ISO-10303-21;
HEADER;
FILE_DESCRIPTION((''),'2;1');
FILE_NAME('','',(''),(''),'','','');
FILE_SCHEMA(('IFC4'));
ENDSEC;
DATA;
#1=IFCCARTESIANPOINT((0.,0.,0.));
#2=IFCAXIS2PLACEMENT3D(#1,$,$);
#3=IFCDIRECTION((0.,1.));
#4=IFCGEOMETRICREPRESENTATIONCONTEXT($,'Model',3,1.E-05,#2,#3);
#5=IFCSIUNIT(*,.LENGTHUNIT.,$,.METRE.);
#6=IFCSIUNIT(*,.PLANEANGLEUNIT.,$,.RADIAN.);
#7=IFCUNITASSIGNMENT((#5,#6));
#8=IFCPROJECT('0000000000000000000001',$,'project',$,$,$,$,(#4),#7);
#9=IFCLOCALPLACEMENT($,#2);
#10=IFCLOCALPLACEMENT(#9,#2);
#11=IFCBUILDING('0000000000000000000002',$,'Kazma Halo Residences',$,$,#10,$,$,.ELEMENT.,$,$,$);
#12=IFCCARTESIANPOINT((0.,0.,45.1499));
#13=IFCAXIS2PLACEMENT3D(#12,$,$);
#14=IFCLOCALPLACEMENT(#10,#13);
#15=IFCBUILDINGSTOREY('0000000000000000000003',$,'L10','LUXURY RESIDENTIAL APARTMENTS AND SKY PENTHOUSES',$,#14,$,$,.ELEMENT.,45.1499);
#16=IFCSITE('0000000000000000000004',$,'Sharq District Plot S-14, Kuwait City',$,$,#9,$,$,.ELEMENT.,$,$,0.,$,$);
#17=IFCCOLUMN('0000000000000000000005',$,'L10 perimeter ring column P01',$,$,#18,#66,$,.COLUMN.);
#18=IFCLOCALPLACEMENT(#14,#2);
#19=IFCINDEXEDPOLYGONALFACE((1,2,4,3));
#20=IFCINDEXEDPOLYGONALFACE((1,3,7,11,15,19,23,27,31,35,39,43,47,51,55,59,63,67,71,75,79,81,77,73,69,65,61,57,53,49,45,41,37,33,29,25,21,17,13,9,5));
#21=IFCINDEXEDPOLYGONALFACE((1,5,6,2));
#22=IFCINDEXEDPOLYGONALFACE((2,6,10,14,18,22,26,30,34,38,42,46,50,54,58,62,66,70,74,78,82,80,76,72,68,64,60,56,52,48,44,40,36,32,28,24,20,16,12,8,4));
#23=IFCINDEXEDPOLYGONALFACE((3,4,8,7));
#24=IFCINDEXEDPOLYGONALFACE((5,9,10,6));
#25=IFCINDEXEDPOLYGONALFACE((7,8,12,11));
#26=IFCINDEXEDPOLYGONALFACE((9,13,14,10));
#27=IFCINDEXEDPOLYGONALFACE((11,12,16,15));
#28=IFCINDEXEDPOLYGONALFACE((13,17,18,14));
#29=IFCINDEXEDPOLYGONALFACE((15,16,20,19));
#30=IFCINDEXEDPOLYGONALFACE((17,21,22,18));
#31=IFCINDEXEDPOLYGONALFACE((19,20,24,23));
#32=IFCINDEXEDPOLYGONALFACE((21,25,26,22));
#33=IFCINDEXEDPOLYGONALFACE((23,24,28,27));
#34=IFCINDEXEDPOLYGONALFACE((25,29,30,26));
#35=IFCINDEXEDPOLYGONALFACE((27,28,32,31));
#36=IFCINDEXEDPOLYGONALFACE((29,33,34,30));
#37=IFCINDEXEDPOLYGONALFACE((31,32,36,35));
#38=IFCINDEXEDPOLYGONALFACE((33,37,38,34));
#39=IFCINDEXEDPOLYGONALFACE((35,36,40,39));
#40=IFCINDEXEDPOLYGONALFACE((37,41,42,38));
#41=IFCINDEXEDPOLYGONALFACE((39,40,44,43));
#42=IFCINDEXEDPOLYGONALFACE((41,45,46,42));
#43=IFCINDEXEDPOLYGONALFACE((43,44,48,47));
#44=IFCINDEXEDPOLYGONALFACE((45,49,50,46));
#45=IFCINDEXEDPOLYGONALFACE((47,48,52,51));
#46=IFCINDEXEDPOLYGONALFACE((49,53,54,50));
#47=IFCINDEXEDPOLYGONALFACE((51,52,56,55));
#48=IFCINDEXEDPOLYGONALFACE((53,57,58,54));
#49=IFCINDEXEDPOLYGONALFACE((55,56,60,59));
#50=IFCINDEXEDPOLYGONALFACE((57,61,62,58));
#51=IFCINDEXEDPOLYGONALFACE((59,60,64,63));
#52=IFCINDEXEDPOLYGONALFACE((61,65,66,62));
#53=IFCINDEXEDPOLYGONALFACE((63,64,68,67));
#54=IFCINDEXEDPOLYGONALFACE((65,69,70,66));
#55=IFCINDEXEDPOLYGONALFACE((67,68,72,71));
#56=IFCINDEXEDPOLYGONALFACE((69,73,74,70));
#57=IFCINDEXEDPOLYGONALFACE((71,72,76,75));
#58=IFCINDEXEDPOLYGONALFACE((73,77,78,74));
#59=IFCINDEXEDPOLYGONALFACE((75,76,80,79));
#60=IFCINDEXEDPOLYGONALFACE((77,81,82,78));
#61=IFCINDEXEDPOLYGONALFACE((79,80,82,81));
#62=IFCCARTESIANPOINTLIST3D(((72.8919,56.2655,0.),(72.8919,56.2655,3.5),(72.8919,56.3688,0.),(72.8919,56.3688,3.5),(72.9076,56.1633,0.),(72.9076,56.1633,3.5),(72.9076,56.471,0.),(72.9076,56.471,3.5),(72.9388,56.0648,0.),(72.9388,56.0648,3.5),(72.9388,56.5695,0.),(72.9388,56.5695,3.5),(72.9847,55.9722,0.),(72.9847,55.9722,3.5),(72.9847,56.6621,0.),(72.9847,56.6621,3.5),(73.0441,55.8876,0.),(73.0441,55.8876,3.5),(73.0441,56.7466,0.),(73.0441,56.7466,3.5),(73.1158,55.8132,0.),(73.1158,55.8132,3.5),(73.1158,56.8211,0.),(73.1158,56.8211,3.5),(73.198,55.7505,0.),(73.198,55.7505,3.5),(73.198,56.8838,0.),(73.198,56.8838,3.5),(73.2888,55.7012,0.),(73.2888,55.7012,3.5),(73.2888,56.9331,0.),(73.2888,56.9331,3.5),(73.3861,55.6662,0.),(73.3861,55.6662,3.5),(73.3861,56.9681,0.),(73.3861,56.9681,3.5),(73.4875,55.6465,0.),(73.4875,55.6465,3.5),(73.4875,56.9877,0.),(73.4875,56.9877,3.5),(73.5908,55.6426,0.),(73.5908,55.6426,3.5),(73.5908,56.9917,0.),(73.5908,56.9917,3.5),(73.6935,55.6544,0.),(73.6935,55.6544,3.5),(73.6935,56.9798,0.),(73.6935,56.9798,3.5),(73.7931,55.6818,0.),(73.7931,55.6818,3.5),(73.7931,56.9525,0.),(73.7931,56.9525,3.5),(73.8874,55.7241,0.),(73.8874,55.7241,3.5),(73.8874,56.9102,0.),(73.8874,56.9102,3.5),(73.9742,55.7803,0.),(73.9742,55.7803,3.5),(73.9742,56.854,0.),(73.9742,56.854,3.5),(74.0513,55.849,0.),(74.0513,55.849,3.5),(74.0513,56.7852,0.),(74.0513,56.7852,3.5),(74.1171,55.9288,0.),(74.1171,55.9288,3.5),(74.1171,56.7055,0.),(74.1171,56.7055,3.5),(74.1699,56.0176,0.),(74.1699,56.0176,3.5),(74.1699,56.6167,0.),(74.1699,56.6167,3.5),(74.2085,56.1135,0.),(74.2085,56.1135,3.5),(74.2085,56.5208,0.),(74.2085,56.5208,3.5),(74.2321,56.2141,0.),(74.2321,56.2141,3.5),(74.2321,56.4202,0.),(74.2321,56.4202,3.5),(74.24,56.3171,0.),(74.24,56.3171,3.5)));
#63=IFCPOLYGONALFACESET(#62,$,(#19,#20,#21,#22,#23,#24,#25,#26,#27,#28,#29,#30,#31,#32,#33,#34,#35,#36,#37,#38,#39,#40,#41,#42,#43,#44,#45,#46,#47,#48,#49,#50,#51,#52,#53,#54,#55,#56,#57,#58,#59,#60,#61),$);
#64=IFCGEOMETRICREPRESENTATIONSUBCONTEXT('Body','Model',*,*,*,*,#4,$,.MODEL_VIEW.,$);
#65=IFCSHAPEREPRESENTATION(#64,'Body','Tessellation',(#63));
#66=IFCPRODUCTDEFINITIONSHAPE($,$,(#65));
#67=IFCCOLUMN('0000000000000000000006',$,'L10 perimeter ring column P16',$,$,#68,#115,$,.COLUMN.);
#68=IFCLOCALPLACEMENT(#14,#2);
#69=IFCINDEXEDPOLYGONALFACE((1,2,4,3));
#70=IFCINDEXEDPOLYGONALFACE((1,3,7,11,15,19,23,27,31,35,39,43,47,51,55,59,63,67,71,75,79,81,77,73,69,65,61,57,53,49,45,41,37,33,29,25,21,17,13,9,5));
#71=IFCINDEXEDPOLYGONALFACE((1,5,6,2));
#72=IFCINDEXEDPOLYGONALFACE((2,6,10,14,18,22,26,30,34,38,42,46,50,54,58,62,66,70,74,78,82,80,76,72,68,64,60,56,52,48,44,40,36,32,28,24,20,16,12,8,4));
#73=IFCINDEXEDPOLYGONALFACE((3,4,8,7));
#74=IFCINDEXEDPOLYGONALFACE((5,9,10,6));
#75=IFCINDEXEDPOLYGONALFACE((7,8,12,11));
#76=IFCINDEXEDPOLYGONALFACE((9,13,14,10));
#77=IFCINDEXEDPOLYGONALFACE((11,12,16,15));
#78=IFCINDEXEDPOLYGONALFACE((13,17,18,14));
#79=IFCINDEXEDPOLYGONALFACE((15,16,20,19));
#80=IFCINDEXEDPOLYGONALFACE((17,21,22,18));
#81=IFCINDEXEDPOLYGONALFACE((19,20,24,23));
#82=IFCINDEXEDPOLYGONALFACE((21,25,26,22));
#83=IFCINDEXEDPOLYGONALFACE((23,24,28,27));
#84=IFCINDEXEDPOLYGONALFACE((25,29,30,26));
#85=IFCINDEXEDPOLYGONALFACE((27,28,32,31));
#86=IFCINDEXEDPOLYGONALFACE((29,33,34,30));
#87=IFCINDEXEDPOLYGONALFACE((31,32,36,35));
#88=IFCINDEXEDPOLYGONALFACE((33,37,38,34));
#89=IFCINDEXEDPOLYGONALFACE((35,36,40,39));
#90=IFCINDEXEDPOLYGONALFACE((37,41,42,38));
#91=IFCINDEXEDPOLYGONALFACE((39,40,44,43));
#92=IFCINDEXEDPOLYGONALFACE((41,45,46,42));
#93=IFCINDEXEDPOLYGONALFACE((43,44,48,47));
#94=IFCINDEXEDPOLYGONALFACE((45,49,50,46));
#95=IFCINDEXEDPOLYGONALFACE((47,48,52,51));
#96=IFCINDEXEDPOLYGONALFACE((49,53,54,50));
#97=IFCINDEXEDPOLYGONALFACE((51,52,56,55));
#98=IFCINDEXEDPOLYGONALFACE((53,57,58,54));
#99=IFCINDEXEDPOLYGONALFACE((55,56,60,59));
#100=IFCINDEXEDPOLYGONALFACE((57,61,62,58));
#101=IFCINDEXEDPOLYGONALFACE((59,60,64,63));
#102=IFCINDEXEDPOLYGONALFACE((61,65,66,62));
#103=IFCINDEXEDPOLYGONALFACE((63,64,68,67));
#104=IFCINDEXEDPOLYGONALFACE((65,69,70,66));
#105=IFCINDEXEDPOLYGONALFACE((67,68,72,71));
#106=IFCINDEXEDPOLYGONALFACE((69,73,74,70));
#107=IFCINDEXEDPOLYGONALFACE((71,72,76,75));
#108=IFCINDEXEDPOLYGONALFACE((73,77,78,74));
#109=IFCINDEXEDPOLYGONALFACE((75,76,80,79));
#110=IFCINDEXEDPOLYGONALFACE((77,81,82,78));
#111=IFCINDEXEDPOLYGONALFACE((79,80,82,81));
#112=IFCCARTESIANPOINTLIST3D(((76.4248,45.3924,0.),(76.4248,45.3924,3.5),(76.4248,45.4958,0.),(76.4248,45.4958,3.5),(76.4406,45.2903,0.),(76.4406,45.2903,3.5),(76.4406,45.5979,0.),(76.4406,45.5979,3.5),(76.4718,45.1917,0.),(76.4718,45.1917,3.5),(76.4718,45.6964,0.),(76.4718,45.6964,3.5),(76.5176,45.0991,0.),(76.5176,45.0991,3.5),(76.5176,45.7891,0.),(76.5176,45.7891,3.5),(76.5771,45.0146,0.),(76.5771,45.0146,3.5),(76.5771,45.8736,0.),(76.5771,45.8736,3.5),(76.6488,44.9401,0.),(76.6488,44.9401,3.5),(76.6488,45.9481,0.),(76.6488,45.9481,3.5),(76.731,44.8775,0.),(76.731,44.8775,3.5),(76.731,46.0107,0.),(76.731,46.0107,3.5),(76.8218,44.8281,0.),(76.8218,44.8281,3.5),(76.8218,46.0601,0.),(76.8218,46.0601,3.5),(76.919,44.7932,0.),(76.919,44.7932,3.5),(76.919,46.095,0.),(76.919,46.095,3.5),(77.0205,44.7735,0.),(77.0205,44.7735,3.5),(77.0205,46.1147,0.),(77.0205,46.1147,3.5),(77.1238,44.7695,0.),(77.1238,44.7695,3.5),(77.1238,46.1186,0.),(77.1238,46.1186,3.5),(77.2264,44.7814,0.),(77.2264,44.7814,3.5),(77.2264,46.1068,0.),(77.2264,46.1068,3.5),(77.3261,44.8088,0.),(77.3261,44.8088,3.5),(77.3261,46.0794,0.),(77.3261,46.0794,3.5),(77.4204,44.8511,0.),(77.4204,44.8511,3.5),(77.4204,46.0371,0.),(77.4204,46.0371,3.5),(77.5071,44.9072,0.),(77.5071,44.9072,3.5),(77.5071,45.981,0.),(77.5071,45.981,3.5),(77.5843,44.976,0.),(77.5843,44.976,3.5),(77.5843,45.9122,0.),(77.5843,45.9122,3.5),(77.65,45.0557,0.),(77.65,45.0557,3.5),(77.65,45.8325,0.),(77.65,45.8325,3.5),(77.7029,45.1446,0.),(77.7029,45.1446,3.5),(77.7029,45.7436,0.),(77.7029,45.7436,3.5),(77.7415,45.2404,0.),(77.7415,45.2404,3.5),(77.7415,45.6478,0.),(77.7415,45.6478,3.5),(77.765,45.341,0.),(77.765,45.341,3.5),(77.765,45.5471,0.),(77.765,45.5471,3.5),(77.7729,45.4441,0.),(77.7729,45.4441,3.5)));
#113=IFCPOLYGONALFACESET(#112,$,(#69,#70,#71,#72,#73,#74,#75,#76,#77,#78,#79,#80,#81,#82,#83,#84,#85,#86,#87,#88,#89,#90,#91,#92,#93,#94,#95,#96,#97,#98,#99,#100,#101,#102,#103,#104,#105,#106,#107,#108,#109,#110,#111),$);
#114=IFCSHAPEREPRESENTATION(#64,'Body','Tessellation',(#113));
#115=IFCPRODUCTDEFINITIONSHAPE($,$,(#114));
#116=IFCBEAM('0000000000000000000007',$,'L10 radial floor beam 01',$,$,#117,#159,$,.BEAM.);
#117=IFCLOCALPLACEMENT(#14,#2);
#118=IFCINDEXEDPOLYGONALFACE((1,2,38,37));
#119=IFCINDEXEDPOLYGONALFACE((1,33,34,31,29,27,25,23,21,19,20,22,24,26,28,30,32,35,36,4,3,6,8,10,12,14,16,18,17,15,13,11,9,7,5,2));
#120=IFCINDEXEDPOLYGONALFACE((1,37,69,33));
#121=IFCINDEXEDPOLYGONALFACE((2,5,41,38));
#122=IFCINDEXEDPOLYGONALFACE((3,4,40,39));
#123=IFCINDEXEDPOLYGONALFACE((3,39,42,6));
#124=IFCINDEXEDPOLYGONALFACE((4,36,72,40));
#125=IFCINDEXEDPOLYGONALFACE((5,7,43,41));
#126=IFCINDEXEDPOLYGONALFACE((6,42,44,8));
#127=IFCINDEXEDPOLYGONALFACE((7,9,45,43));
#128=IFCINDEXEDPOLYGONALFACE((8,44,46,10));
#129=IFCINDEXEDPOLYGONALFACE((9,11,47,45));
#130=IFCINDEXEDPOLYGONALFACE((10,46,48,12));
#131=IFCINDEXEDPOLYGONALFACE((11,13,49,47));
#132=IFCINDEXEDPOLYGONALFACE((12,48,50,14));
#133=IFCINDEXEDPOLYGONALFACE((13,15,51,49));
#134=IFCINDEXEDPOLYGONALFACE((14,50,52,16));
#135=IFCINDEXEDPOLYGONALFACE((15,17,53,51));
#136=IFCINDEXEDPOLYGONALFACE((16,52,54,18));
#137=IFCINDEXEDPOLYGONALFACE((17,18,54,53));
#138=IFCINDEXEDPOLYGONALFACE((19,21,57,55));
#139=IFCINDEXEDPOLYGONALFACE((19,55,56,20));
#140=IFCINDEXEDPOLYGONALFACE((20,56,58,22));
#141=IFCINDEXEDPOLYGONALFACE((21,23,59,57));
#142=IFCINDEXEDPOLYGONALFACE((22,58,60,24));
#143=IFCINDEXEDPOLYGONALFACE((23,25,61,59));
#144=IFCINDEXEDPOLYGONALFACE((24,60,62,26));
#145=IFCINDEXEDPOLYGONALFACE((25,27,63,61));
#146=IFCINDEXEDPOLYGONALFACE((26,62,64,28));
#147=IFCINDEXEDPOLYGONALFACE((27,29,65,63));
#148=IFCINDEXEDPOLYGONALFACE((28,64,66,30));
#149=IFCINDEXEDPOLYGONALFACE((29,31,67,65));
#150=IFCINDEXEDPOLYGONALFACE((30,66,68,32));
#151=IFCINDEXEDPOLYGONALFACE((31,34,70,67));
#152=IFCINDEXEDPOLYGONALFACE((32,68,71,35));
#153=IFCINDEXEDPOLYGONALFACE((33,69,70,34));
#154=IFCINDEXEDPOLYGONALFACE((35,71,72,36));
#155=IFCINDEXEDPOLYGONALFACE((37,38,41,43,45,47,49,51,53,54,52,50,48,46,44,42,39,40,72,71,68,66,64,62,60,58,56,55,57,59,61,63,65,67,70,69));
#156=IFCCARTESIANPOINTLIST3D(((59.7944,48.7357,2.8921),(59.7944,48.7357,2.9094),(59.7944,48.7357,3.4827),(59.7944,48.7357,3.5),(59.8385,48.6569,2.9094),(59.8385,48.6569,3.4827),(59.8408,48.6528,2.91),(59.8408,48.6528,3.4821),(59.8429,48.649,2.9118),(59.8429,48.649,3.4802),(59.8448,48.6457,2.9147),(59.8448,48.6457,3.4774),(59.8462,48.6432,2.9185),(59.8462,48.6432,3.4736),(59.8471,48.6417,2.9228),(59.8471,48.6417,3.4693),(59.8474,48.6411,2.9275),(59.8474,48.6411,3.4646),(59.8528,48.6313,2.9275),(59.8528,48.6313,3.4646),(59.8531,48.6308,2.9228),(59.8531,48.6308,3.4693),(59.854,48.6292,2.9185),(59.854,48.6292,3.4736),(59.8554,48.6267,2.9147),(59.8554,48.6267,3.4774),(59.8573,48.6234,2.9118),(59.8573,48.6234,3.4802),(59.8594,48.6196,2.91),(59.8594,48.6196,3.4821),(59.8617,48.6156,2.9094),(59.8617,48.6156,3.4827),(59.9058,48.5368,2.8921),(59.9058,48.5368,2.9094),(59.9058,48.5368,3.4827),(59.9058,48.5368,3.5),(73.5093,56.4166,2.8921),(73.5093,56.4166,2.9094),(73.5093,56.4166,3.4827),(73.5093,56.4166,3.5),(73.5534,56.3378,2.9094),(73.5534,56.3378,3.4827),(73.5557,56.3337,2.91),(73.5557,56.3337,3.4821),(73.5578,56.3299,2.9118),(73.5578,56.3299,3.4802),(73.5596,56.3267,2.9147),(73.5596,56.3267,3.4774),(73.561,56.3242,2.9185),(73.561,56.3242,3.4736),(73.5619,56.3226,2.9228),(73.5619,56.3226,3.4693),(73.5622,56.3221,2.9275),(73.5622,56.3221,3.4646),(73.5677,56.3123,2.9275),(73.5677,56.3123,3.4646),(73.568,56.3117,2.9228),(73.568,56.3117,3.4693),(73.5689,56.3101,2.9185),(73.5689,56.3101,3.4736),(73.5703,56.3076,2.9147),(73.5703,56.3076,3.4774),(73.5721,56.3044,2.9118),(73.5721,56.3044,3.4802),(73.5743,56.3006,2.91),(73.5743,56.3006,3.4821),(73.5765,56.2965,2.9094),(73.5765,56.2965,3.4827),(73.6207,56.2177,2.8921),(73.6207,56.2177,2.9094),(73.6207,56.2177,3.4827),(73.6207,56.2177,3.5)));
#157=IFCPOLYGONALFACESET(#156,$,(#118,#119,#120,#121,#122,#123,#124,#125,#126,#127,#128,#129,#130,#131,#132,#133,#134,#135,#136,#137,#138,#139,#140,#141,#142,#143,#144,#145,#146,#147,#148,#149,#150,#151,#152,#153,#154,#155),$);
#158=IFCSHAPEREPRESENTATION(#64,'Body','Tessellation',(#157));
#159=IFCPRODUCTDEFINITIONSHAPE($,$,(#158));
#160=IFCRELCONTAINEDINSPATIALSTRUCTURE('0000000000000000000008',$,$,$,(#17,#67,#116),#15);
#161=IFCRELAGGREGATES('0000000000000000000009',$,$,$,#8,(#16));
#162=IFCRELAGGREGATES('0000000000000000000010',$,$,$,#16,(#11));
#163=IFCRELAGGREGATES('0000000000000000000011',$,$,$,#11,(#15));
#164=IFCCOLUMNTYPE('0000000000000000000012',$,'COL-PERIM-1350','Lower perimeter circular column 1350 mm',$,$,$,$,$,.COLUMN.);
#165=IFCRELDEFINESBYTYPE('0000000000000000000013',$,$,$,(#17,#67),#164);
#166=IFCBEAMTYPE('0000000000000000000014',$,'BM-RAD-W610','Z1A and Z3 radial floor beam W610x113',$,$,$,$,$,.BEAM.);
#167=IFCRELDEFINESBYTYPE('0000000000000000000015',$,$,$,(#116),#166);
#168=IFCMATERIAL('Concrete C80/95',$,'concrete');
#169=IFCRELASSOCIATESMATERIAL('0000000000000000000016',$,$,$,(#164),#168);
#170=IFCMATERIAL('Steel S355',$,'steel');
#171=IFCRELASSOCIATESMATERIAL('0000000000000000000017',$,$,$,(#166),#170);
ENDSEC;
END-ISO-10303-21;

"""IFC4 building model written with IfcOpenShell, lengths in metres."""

from ifc_helpers import new_model, si_unit, direction, frame, origin, origin_2d, place, context, subcontext, project, spatial, circle, i_section, extrude, material, material_profile, profile_set, type_object, element, save


model = new_model("IFC4")

# Units and contexts
model_context = context("Model", 3, precision=1e-05, world=origin(), true_north=direction((0.0, 1.0)))
body_context = subcontext(model_context, "Body", "Model", "MODEL_VIEW")
ifc_project = project(units=[si_unit("LENGTHUNIT", "METRE"), si_unit("PLANEANGLEUNIT", "RADIAN")], contexts=[model_context])

# Site, building, storey
site_placement = place(None, origin())
site = spatial("IfcSite", under=ifc_project, at=site_placement, Name="Sharq District Plot S-14, Kuwait City", CompositionType="ELEMENT", RefElevation=0.0)
building_placement = place(site_placement, origin())
building = spatial("IfcBuilding", under=site, at=building_placement, Name="Kazma Halo Residences", CompositionType="ELEMENT")
storey_placement = place(building_placement, frame((0.0, 0.0, 45.1499)))
storey = spatial("IfcBuildingStorey", under=building, at=storey_placement, Name="L10", Description="LUXURY RESIDENTIAL APARTMENTS AND SKY PENTHOUSES", CompositionType="ELEMENT", Elevation=45.1499)

# Columns
ifc_material_1 = material(Name="Concrete C80/95", Category="concrete")
ifc_material_profile_1 = material_profile(ifc_material_1, circle(Radius=0.675, at=origin_2d()), Name="CIRC1350")
ifc_profile_set_1 = profile_set([ifc_material_profile_1], Name="Concrete C80/95")
column_type = type_object("IfcColumnType", Name="COL-PERIM-1350", Description="Lower perimeter circular column 1350 mm", PredefinedType="COLUMN", material=ifc_profile_set_1)
for number, where, z_axis, x_axis, name in (
    (1, (73.5649, 56.3171, 0.0), (0.0, 0.0, 1.0), (1.0, 0.0, 0.0), "L10 perimeter ring column P01"),
    (2, (77.0979, 45.4441, 0.0), (0.0, 0.0, 1.0), (1.0, 0.0, 0.0), "L10 perimeter ring column P16"),
):
    element("IfcColumn", number, at=place(storey_placement, frame(where, z_axis=z_axis, x_axis=x_axis)), inside=storey, type_object=column_type, Name=name, PredefinedType="COLUMN", context=body_context, shape_type="SweptSolid", body=[
        extrude(circle(Radius=0.675, at=origin_2d()), origin(), (0.0, 0.0, 1.0), 3.5),
    ])

# Beam
ifc_material_2 = material(Name="Steel S355", Category="steel")
ifc_material_profile_2 = material_profile(ifc_material_2, i_section(OverallWidth=0.228, OverallDepth=0.6079, WebThickness=0.0112, FlangeThickness=0.0173, FilletRadius=0.0181, at=origin_2d()), Name="W610x113")
ifc_profile_set_2 = profile_set([ifc_material_profile_2], Name="Steel S355")
beam_type_1 = type_object("IfcBeamType", Name="BM-RAD-W610", Description="Z1A and Z3 radial floor beam W610x113", PredefinedType="BEAM", material=ifc_profile_set_2)
beam_1_placement = place(storey_placement, frame((59.8501, 48.6362, 3.196), z_axis=(0.87249, 0.488632, 0.0), x_axis=(-0.488632, 0.87249, 0.0)))
element("IfcBeam", 3, at=beam_1_placement, inside=storey, type_object=beam_type_1, Name="L10 radial floor beam 01", PredefinedType="BEAM", context=body_context, shape_type="SweptSolid", body=[
    extrude(i_section(OverallWidth=0.228, OverallDepth=0.6079, WebThickness=0.0112, FlangeThickness=0.0173, FilletRadius=0.0181, at=origin_2d()), origin(), (0.0, 0.0, 1.0), 15.7192),
])

save(model, "model.ifc")
